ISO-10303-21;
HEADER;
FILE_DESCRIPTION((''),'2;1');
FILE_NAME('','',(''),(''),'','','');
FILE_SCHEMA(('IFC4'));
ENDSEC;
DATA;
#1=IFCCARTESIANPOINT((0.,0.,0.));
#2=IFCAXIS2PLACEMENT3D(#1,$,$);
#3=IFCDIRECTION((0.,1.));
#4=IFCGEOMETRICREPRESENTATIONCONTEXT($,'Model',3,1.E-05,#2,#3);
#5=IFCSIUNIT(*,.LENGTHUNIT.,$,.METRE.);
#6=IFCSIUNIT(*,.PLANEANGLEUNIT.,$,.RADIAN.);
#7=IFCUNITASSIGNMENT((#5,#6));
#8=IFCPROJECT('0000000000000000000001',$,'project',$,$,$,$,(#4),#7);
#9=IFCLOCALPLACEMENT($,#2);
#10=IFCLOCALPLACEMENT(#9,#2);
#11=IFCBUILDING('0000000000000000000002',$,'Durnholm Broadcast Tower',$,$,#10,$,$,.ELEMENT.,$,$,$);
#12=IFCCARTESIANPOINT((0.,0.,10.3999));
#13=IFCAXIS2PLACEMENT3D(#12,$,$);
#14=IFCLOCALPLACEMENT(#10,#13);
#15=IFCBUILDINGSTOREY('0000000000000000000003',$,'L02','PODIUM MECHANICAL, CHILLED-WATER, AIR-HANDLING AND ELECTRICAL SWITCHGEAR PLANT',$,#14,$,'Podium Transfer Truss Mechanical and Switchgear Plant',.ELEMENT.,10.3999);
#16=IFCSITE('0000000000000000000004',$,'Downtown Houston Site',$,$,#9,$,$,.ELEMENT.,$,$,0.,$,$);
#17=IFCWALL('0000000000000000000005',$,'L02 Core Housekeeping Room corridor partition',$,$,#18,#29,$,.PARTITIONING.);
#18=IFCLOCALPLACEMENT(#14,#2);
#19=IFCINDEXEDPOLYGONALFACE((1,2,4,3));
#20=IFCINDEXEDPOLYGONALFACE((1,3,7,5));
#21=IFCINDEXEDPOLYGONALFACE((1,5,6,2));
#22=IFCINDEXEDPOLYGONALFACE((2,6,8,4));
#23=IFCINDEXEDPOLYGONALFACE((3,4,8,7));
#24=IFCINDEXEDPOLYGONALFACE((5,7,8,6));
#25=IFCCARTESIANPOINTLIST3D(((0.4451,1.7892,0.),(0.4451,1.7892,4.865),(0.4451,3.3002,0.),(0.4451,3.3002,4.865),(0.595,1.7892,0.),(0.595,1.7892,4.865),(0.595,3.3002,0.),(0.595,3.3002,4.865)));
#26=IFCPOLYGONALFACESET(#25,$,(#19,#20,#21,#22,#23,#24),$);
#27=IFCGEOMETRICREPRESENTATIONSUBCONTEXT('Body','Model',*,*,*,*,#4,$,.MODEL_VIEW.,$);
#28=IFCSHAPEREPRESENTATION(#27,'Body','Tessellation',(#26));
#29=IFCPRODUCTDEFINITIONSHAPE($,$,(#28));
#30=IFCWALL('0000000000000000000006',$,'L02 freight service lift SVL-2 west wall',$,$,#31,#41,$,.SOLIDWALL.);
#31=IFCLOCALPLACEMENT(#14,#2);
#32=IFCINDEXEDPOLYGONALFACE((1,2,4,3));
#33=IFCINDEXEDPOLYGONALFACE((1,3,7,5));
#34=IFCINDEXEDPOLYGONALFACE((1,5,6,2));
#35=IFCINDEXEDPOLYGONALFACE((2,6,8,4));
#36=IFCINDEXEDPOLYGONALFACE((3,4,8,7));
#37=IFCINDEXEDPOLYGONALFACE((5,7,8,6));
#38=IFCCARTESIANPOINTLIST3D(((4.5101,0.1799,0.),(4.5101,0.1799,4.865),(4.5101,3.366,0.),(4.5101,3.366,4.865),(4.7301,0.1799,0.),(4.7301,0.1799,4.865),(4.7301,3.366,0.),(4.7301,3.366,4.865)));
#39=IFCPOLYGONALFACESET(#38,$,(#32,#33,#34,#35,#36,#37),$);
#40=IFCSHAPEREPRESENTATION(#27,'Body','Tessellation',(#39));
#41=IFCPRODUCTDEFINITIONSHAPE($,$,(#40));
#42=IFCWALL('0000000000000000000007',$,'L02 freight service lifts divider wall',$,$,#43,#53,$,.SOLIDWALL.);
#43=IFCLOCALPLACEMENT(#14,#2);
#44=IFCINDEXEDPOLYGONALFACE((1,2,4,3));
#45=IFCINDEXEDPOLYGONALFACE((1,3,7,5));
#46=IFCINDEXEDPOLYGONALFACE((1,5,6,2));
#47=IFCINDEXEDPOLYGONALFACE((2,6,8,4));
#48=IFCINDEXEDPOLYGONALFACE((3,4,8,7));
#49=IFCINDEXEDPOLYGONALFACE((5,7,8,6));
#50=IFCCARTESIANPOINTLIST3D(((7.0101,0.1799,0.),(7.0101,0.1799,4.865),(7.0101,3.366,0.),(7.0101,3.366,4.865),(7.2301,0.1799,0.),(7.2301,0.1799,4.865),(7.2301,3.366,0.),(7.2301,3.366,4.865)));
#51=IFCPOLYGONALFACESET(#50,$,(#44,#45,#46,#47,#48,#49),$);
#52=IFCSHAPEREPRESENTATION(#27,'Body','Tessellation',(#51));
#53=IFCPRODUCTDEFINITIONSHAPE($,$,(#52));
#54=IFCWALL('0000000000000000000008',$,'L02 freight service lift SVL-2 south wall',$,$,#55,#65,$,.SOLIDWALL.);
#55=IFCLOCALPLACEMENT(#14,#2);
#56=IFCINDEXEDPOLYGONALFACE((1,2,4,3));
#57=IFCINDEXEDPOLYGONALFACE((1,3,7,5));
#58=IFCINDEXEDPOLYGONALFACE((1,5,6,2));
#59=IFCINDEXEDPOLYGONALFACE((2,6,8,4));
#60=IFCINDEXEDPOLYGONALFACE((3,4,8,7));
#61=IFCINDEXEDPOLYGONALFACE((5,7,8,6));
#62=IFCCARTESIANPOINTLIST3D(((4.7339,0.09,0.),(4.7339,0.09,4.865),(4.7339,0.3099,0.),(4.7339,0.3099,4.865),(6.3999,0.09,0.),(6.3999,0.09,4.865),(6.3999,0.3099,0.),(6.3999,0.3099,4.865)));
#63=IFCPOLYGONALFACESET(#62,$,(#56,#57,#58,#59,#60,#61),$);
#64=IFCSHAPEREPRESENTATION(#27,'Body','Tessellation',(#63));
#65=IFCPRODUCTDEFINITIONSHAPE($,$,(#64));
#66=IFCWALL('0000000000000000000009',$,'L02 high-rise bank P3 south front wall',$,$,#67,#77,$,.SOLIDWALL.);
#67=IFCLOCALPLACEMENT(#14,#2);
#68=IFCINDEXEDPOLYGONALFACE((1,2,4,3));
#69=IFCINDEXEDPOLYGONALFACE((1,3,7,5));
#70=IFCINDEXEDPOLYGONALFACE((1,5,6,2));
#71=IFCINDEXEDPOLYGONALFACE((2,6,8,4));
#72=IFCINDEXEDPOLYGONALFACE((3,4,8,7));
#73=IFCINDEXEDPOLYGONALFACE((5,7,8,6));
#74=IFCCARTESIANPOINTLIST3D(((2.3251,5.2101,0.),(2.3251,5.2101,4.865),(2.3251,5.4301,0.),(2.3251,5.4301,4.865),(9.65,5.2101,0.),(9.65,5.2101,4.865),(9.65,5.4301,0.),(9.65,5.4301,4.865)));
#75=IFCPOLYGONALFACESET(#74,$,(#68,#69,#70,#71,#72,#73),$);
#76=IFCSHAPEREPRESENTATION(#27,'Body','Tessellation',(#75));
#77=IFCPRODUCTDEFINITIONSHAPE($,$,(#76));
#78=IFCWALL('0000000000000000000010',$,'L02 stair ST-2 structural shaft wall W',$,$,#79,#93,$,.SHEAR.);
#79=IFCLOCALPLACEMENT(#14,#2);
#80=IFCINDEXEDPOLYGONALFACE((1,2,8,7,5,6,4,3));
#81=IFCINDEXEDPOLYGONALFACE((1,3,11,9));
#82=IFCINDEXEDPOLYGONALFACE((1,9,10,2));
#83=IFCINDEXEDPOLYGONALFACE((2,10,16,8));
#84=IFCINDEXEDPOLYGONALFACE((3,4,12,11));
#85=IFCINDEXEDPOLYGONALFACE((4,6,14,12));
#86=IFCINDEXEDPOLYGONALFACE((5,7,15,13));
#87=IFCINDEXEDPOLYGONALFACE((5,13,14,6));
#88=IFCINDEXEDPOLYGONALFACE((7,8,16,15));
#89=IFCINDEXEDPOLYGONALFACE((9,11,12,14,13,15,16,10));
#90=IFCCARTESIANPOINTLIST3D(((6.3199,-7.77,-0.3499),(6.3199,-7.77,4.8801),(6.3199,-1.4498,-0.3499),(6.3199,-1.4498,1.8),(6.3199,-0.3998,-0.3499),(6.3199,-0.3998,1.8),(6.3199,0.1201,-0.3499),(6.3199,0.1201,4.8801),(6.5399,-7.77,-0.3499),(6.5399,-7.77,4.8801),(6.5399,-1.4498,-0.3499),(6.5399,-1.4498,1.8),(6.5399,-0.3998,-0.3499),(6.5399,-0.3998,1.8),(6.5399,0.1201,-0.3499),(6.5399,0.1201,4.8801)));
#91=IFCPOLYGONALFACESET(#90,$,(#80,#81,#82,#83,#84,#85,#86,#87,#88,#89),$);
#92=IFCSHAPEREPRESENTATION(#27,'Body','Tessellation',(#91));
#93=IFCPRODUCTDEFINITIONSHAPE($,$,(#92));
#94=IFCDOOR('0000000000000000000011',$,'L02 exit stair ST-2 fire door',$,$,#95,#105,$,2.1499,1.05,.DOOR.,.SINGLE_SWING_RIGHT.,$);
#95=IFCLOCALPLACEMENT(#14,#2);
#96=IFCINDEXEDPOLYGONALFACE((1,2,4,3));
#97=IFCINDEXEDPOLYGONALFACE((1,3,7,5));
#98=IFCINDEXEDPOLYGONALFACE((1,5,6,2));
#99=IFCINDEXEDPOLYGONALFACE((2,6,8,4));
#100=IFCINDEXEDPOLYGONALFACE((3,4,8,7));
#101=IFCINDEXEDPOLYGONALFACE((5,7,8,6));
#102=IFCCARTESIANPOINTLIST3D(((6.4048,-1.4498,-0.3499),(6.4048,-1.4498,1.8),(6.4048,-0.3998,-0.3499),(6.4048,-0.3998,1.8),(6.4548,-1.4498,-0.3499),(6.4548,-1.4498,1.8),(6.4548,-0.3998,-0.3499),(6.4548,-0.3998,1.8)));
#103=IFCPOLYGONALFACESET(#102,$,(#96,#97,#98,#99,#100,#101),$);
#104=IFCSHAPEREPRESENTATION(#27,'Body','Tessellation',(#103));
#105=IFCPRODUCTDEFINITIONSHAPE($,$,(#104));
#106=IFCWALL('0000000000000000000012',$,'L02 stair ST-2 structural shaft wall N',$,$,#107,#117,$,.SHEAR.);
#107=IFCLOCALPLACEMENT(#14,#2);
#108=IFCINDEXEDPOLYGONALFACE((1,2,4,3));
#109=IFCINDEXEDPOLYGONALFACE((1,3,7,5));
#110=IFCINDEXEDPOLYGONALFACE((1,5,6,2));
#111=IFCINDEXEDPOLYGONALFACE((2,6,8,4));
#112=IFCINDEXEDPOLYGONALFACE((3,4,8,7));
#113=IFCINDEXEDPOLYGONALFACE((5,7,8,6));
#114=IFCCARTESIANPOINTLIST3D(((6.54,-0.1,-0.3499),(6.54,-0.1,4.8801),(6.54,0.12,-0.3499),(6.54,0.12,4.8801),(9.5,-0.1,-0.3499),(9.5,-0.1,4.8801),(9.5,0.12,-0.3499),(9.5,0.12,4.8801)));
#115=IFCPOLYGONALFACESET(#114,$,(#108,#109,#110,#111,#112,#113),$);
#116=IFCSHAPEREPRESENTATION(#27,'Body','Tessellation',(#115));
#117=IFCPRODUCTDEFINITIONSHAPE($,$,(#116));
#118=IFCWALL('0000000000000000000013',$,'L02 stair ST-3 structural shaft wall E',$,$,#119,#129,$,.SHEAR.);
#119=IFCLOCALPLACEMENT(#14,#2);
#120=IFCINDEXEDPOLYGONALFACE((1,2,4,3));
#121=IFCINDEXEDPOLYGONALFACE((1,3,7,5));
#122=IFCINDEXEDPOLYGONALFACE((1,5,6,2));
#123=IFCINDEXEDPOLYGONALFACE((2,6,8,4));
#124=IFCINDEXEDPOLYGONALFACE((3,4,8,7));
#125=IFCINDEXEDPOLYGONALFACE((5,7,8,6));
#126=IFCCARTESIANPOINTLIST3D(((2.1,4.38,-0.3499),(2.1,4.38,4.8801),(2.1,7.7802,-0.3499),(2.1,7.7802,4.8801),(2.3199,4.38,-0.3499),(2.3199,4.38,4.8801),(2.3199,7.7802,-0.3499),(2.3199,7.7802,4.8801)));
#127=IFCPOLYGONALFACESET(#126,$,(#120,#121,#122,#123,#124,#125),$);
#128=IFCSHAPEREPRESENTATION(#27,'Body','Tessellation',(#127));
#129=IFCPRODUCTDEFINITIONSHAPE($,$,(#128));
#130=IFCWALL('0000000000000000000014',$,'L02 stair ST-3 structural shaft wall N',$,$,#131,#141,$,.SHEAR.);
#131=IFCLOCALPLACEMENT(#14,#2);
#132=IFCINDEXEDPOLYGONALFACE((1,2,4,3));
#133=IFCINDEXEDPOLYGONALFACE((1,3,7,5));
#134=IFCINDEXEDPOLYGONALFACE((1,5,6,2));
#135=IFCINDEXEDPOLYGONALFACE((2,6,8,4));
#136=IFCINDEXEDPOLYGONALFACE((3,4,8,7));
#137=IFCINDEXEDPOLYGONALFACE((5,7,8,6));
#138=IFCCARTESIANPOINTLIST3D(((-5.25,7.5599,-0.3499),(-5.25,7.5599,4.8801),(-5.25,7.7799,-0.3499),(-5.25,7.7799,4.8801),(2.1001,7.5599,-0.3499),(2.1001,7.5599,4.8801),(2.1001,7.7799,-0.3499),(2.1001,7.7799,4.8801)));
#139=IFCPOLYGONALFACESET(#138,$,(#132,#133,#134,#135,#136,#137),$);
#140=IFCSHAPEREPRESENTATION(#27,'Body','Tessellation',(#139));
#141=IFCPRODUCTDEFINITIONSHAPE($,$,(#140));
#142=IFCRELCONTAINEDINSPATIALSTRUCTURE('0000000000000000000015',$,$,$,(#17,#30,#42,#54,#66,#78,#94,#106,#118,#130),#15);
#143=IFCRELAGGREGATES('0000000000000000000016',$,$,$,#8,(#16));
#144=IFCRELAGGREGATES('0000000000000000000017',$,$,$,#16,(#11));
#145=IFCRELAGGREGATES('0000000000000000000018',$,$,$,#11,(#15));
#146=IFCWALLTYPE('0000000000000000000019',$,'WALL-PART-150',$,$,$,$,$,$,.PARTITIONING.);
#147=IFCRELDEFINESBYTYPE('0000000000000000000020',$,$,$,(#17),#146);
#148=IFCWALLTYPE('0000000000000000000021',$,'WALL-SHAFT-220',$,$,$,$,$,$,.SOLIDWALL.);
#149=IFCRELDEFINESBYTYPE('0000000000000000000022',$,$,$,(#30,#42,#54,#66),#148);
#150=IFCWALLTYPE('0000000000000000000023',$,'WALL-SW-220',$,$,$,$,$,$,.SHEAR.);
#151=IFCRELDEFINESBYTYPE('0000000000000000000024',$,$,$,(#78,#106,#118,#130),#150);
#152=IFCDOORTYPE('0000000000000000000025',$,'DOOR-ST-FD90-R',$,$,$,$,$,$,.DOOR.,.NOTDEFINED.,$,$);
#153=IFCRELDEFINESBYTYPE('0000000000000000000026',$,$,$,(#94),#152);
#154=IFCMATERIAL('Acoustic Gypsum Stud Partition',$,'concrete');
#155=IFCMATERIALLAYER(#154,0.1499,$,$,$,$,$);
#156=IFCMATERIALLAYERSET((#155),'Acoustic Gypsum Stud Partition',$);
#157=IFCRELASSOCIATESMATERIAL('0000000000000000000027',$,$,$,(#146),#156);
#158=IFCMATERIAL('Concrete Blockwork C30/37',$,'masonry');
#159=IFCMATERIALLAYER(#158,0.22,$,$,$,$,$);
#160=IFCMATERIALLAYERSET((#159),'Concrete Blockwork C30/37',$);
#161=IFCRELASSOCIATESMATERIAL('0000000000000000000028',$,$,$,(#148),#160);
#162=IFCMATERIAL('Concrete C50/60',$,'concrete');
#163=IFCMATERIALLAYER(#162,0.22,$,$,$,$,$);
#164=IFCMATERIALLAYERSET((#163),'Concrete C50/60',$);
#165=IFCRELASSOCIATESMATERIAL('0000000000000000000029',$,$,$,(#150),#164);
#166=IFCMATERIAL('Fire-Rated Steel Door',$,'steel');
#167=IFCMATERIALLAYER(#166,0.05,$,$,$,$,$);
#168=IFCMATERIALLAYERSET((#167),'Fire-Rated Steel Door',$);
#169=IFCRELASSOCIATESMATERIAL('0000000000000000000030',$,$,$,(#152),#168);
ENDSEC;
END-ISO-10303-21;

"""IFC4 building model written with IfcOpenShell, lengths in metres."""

from ifc_helpers import new_model, si_unit, direction, frame, frame_2d, origin, place, context, subcontext, project, spatial, rectangle, extrude, source, transform, mapped, material, layer, layer_set, type_object, type_shapes, element, fill, save


model = new_model("IFC4")

# Units and contexts
model_context = context("Model", 3, precision=1e-05, world=origin(), true_north=direction((0.0, 1.0)))
body_context = subcontext(model_context, "Body", "Model", "MODEL_VIEW")
ifc_project = project(units=[si_unit("LENGTHUNIT", "METRE"), si_unit("PLANEANGLEUNIT", "RADIAN")], contexts=[model_context])

# Site, building, storey
site_placement = place(None, origin())
site = spatial("IfcSite", under=ifc_project, at=site_placement, Name="Downtown Houston Site", CompositionType="ELEMENT", RefElevation=0.0)
building_placement = place(site_placement, origin())
building = spatial("IfcBuilding", under=site, at=building_placement, Name="Durnholm Broadcast Tower", CompositionType="ELEMENT")
storey_placement = place(building_placement, frame((0.0, 0.0, 10.3999)))
storey = spatial("IfcBuildingStorey", under=building, at=storey_placement, Name="L02", Description="PODIUM MECHANICAL, CHILLED-WATER, AIR-HANDLING AND ELECTRICAL SWITCHGEAR PLANT", LongName="Podium Transfer Truss Mechanical and Switchgear Plant", CompositionType="ELEMENT", Elevation=10.3999)

# Shared definitions
ifc_material_1 = material(Name="Concrete C50/60", Category="concrete")

# Shared definitions
ifc_material_2 = material(Name="Acoustic Gypsum Stud Partition", Category="concrete")
ifc_layer_1 = layer(ifc_material_2, 0.1499)
ifc_layer_set_1 = layer_set([ifc_layer_1], Name="Acoustic Gypsum Stud Partition")
wall_type_1 = type_object("IfcWallType", Name="WALL-PART-150", PredefinedType="PARTITIONING", material=ifc_layer_set_1)

# Wall
wall_1_placement = place(storey_placement, frame((0.52, 3.3, 0.0), z_axis=(0.0, 0.0, 1.0), x_axis=(0.0, -1.0, 0.0)))
element("IfcWall", 1, at=wall_1_placement, inside=storey, type_object=wall_type_1, Name="L02 Core Housekeeping Room corridor partition", PredefinedType="PARTITIONING", context=body_context, shape_type="SweptSolid", body=[
    extrude(rectangle(XDim=1.511, YDim=0.1499, at=frame_2d((0.7554, 0.0))), origin(), (0.0, 0.0, 1.0), 4.865),
])

# Shared definitions
ifc_material_3 = material(Name="Concrete Blockwork C30/37", Category="masonry")
ifc_layer_2 = layer(ifc_material_3, 0.22)
ifc_layer_set_2 = layer_set([ifc_layer_2], Name="Concrete Blockwork C30/37")
wall_type_2 = type_object("IfcWallType", Name="WALL-SHAFT-220", PredefinedType="SOLIDWALL", material=ifc_layer_set_2)

# Walls
for number, where, z_axis, x_axis, name in (
    (2, (4.6201, 0.1799, 0.0), (0.0, 0.0, 1.0), (0.0, 1.0, 0.0), "L02 freight service lift SVL-2 west wall"),
    (3, (7.1201, 0.1799, 0.0), (0.0, 0.0, 1.0), (0.0, 1.0, 0.0), "L02 freight service lifts divider wall"),
):
    element("IfcWall", number, at=place(storey_placement, frame(where, z_axis=z_axis, x_axis=x_axis)), inside=storey, type_object=wall_type_2, Name=name, PredefinedType="SOLIDWALL", context=body_context, shape_type="SweptSolid", body=[
        extrude(rectangle(XDim=3.186, YDim=0.22, at=frame_2d((1.593, 0.0))), origin(), (0.0, 0.0, 1.0), 4.865),
    ])
wall_2_placement = place(storey_placement, frame((4.7339, 0.2, 0.0), z_axis=(0.0, 0.0, 1.0), x_axis=(1.0, 0.0, 0.0)))
element("IfcWall", 4, at=wall_2_placement, inside=storey, type_object=wall_type_2, Name="L02 freight service lift SVL-2 south wall", PredefinedType="SOLIDWALL", context=body_context, shape_type="SweptSolid", body=[
    extrude(rectangle(XDim=1.666, YDim=0.22, at=frame_2d((0.833, 0.0))), origin(), (0.0, 0.0, 1.0), 4.865),
])
wall_3_placement = place(storey_placement, frame((2.325, 5.3201, 0.0), z_axis=(0.0, 0.0, 1.0), x_axis=(1.0, 0.0, 0.0)))
element("IfcWall", 5, at=wall_3_placement, inside=storey, type_object=wall_type_2, Name="L02 high-rise bank P3 south front wall", PredefinedType="SOLIDWALL", context=body_context, shape_type="SweptSolid", body=[
    extrude(rectangle(XDim=7.325, YDim=0.22, at=frame_2d((3.6626, 0.0))), origin(), (0.0, 0.0, 1.0), 4.865),
])

# Wall, opening, door
ifc_layer_3 = layer(ifc_material_1, 0.22)
ifc_layer_set_3 = layer_set([ifc_layer_3], Name="Concrete C50/60")
wall_type_3 = type_object("IfcWallType", Name="WALL-SW-220", PredefinedType="SHEAR", material=ifc_layer_set_3)
wall_4_placement = place(storey_placement, frame((6.4299, 0.1201, -0.3499), z_axis=(0.0, 0.0, 1.0), x_axis=(0.0, -1.0, 0.0)))
wall_4 = element("IfcWall", 6, at=wall_4_placement, inside=storey, type_object=wall_type_3, Name="L02 stair ST-2 structural shaft wall W", PredefinedType="SHEAR", context=body_context, shape_type="SweptSolid", body=[
    extrude(rectangle(XDim=7.8901, YDim=0.22, at=frame_2d((3.9451, 0.0))), origin(), (0.0, 0.0, 1.0), 5.23),
])
opening_1_placement = place(wall_4_placement, frame((0.52, 0.0, 0.0)))
opening_1 = element("IfcOpeningElement", 7, at=opening_1_placement, cuts=wall_4, PredefinedType="OPENING", context=body_context, shape_type="SweptSolid", body=[
    extrude(rectangle(XDim=1.05, YDim=2.1499, at=frame_2d((0.5249, 1.075))), frame((0.0, 0.1201, 0.0), z_axis=(0.0, -1.0, 0.0), x_axis=(1.0, 0.0, 0.0)), (0.0, 0.0, 1.0), 0.24),
])
ifc_material_4 = material(Name="Fire-Rated Steel Door", Category="steel")
ifc_layer_4 = layer(ifc_material_4, 0.05)
ifc_layer_set_4 = layer_set([ifc_layer_4], Name="Fire-Rated Steel Door")
door_type_1 = type_object("IfcDoorType", Name="DOOR-ST-FD90-R", OperationType="NOTDEFINED", PredefinedType="DOOR", material=ifc_layer_set_4)
shared_shape_1 = source(origin(), body_context, "Body", "SweptSolid", [
    extrude(rectangle(XDim=1.05, YDim=2.1499, at=frame_2d((0.5249, 1.075))), frame((0.0, 0.0249, 0.0), z_axis=(0.0, -1.0, 0.0), x_axis=(1.0, 0.0, 0.0)), (0.0, 0.0, 1.0), 0.05),
])
type_shapes(door_type_1, [shared_shape_1])
door_1_placement = place(opening_1_placement, origin())
door_1 = element("IfcDoor", 8, at=door_1_placement, inside=storey, type_object=door_type_1, Name="L02 exit stair ST-2 fire door", OperationType="SINGLE_SWING_RIGHT", OverallHeight=2.1499, OverallWidth=1.05, PredefinedType="DOOR", context=body_context, shape_type="MappedRepresentation", body=[
    mapped(shared_shape_1, transform((0.0, 0.0, 0.0), x_axis=(1.0, 0.0, 0.0), y_axis=(0.0, 1.0, 0.0), z_axis=(0.0, 0.0, 1.0), scale=1.0)),
])
fill(opening_1, door_1)

# Walls
wall_5_placement = place(storey_placement, frame((9.5, 0.01, -0.3499), z_axis=(0.0, 0.0, 1.0), x_axis=(-1.0, 0.0, 0.0)))
element("IfcWall", 9, at=wall_5_placement, inside=storey, type_object=wall_type_3, Name="L02 stair ST-2 structural shaft wall N", PredefinedType="SHEAR", context=body_context, shape_type="SweptSolid", body=[
    extrude(rectangle(XDim=2.96, YDim=0.22, at=frame_2d((1.48, 0.0))), origin(), (0.0, 0.0, 1.0), 5.23),
])
wall_6_placement = place(storey_placement, frame((2.21, 4.3799, -0.3499), z_axis=(0.0, 0.0, 1.0), x_axis=(0.0, 1.0, 0.0)))
element("IfcWall", 10, at=wall_6_placement, inside=storey, type_object=wall_type_3, Name="L02 stair ST-3 structural shaft wall E", PredefinedType="SHEAR", context=body_context, shape_type="SweptSolid", body=[
    extrude(rectangle(XDim=3.4001, YDim=0.22, at=frame_2d((1.7002, 0.0))), origin(), (0.0, 0.0, 1.0), 5.23),
])
wall_7_placement = place(storey_placement, frame((2.1001, 7.6699, -0.3499), z_axis=(0.0, 0.0, 1.0), x_axis=(-1.0, 0.0, 0.0)))
element("IfcWall", 11, at=wall_7_placement, inside=storey, type_object=wall_type_3, Name="L02 stair ST-3 structural shaft wall N", PredefinedType="SHEAR", context=body_context, shape_type="SweptSolid", body=[
    extrude(rectangle(XDim=7.3501, YDim=0.22, at=frame_2d((3.675, 0.0))), origin(), (0.0, 0.0, 1.0), 5.23),
])

save(model, "model.ifc")
